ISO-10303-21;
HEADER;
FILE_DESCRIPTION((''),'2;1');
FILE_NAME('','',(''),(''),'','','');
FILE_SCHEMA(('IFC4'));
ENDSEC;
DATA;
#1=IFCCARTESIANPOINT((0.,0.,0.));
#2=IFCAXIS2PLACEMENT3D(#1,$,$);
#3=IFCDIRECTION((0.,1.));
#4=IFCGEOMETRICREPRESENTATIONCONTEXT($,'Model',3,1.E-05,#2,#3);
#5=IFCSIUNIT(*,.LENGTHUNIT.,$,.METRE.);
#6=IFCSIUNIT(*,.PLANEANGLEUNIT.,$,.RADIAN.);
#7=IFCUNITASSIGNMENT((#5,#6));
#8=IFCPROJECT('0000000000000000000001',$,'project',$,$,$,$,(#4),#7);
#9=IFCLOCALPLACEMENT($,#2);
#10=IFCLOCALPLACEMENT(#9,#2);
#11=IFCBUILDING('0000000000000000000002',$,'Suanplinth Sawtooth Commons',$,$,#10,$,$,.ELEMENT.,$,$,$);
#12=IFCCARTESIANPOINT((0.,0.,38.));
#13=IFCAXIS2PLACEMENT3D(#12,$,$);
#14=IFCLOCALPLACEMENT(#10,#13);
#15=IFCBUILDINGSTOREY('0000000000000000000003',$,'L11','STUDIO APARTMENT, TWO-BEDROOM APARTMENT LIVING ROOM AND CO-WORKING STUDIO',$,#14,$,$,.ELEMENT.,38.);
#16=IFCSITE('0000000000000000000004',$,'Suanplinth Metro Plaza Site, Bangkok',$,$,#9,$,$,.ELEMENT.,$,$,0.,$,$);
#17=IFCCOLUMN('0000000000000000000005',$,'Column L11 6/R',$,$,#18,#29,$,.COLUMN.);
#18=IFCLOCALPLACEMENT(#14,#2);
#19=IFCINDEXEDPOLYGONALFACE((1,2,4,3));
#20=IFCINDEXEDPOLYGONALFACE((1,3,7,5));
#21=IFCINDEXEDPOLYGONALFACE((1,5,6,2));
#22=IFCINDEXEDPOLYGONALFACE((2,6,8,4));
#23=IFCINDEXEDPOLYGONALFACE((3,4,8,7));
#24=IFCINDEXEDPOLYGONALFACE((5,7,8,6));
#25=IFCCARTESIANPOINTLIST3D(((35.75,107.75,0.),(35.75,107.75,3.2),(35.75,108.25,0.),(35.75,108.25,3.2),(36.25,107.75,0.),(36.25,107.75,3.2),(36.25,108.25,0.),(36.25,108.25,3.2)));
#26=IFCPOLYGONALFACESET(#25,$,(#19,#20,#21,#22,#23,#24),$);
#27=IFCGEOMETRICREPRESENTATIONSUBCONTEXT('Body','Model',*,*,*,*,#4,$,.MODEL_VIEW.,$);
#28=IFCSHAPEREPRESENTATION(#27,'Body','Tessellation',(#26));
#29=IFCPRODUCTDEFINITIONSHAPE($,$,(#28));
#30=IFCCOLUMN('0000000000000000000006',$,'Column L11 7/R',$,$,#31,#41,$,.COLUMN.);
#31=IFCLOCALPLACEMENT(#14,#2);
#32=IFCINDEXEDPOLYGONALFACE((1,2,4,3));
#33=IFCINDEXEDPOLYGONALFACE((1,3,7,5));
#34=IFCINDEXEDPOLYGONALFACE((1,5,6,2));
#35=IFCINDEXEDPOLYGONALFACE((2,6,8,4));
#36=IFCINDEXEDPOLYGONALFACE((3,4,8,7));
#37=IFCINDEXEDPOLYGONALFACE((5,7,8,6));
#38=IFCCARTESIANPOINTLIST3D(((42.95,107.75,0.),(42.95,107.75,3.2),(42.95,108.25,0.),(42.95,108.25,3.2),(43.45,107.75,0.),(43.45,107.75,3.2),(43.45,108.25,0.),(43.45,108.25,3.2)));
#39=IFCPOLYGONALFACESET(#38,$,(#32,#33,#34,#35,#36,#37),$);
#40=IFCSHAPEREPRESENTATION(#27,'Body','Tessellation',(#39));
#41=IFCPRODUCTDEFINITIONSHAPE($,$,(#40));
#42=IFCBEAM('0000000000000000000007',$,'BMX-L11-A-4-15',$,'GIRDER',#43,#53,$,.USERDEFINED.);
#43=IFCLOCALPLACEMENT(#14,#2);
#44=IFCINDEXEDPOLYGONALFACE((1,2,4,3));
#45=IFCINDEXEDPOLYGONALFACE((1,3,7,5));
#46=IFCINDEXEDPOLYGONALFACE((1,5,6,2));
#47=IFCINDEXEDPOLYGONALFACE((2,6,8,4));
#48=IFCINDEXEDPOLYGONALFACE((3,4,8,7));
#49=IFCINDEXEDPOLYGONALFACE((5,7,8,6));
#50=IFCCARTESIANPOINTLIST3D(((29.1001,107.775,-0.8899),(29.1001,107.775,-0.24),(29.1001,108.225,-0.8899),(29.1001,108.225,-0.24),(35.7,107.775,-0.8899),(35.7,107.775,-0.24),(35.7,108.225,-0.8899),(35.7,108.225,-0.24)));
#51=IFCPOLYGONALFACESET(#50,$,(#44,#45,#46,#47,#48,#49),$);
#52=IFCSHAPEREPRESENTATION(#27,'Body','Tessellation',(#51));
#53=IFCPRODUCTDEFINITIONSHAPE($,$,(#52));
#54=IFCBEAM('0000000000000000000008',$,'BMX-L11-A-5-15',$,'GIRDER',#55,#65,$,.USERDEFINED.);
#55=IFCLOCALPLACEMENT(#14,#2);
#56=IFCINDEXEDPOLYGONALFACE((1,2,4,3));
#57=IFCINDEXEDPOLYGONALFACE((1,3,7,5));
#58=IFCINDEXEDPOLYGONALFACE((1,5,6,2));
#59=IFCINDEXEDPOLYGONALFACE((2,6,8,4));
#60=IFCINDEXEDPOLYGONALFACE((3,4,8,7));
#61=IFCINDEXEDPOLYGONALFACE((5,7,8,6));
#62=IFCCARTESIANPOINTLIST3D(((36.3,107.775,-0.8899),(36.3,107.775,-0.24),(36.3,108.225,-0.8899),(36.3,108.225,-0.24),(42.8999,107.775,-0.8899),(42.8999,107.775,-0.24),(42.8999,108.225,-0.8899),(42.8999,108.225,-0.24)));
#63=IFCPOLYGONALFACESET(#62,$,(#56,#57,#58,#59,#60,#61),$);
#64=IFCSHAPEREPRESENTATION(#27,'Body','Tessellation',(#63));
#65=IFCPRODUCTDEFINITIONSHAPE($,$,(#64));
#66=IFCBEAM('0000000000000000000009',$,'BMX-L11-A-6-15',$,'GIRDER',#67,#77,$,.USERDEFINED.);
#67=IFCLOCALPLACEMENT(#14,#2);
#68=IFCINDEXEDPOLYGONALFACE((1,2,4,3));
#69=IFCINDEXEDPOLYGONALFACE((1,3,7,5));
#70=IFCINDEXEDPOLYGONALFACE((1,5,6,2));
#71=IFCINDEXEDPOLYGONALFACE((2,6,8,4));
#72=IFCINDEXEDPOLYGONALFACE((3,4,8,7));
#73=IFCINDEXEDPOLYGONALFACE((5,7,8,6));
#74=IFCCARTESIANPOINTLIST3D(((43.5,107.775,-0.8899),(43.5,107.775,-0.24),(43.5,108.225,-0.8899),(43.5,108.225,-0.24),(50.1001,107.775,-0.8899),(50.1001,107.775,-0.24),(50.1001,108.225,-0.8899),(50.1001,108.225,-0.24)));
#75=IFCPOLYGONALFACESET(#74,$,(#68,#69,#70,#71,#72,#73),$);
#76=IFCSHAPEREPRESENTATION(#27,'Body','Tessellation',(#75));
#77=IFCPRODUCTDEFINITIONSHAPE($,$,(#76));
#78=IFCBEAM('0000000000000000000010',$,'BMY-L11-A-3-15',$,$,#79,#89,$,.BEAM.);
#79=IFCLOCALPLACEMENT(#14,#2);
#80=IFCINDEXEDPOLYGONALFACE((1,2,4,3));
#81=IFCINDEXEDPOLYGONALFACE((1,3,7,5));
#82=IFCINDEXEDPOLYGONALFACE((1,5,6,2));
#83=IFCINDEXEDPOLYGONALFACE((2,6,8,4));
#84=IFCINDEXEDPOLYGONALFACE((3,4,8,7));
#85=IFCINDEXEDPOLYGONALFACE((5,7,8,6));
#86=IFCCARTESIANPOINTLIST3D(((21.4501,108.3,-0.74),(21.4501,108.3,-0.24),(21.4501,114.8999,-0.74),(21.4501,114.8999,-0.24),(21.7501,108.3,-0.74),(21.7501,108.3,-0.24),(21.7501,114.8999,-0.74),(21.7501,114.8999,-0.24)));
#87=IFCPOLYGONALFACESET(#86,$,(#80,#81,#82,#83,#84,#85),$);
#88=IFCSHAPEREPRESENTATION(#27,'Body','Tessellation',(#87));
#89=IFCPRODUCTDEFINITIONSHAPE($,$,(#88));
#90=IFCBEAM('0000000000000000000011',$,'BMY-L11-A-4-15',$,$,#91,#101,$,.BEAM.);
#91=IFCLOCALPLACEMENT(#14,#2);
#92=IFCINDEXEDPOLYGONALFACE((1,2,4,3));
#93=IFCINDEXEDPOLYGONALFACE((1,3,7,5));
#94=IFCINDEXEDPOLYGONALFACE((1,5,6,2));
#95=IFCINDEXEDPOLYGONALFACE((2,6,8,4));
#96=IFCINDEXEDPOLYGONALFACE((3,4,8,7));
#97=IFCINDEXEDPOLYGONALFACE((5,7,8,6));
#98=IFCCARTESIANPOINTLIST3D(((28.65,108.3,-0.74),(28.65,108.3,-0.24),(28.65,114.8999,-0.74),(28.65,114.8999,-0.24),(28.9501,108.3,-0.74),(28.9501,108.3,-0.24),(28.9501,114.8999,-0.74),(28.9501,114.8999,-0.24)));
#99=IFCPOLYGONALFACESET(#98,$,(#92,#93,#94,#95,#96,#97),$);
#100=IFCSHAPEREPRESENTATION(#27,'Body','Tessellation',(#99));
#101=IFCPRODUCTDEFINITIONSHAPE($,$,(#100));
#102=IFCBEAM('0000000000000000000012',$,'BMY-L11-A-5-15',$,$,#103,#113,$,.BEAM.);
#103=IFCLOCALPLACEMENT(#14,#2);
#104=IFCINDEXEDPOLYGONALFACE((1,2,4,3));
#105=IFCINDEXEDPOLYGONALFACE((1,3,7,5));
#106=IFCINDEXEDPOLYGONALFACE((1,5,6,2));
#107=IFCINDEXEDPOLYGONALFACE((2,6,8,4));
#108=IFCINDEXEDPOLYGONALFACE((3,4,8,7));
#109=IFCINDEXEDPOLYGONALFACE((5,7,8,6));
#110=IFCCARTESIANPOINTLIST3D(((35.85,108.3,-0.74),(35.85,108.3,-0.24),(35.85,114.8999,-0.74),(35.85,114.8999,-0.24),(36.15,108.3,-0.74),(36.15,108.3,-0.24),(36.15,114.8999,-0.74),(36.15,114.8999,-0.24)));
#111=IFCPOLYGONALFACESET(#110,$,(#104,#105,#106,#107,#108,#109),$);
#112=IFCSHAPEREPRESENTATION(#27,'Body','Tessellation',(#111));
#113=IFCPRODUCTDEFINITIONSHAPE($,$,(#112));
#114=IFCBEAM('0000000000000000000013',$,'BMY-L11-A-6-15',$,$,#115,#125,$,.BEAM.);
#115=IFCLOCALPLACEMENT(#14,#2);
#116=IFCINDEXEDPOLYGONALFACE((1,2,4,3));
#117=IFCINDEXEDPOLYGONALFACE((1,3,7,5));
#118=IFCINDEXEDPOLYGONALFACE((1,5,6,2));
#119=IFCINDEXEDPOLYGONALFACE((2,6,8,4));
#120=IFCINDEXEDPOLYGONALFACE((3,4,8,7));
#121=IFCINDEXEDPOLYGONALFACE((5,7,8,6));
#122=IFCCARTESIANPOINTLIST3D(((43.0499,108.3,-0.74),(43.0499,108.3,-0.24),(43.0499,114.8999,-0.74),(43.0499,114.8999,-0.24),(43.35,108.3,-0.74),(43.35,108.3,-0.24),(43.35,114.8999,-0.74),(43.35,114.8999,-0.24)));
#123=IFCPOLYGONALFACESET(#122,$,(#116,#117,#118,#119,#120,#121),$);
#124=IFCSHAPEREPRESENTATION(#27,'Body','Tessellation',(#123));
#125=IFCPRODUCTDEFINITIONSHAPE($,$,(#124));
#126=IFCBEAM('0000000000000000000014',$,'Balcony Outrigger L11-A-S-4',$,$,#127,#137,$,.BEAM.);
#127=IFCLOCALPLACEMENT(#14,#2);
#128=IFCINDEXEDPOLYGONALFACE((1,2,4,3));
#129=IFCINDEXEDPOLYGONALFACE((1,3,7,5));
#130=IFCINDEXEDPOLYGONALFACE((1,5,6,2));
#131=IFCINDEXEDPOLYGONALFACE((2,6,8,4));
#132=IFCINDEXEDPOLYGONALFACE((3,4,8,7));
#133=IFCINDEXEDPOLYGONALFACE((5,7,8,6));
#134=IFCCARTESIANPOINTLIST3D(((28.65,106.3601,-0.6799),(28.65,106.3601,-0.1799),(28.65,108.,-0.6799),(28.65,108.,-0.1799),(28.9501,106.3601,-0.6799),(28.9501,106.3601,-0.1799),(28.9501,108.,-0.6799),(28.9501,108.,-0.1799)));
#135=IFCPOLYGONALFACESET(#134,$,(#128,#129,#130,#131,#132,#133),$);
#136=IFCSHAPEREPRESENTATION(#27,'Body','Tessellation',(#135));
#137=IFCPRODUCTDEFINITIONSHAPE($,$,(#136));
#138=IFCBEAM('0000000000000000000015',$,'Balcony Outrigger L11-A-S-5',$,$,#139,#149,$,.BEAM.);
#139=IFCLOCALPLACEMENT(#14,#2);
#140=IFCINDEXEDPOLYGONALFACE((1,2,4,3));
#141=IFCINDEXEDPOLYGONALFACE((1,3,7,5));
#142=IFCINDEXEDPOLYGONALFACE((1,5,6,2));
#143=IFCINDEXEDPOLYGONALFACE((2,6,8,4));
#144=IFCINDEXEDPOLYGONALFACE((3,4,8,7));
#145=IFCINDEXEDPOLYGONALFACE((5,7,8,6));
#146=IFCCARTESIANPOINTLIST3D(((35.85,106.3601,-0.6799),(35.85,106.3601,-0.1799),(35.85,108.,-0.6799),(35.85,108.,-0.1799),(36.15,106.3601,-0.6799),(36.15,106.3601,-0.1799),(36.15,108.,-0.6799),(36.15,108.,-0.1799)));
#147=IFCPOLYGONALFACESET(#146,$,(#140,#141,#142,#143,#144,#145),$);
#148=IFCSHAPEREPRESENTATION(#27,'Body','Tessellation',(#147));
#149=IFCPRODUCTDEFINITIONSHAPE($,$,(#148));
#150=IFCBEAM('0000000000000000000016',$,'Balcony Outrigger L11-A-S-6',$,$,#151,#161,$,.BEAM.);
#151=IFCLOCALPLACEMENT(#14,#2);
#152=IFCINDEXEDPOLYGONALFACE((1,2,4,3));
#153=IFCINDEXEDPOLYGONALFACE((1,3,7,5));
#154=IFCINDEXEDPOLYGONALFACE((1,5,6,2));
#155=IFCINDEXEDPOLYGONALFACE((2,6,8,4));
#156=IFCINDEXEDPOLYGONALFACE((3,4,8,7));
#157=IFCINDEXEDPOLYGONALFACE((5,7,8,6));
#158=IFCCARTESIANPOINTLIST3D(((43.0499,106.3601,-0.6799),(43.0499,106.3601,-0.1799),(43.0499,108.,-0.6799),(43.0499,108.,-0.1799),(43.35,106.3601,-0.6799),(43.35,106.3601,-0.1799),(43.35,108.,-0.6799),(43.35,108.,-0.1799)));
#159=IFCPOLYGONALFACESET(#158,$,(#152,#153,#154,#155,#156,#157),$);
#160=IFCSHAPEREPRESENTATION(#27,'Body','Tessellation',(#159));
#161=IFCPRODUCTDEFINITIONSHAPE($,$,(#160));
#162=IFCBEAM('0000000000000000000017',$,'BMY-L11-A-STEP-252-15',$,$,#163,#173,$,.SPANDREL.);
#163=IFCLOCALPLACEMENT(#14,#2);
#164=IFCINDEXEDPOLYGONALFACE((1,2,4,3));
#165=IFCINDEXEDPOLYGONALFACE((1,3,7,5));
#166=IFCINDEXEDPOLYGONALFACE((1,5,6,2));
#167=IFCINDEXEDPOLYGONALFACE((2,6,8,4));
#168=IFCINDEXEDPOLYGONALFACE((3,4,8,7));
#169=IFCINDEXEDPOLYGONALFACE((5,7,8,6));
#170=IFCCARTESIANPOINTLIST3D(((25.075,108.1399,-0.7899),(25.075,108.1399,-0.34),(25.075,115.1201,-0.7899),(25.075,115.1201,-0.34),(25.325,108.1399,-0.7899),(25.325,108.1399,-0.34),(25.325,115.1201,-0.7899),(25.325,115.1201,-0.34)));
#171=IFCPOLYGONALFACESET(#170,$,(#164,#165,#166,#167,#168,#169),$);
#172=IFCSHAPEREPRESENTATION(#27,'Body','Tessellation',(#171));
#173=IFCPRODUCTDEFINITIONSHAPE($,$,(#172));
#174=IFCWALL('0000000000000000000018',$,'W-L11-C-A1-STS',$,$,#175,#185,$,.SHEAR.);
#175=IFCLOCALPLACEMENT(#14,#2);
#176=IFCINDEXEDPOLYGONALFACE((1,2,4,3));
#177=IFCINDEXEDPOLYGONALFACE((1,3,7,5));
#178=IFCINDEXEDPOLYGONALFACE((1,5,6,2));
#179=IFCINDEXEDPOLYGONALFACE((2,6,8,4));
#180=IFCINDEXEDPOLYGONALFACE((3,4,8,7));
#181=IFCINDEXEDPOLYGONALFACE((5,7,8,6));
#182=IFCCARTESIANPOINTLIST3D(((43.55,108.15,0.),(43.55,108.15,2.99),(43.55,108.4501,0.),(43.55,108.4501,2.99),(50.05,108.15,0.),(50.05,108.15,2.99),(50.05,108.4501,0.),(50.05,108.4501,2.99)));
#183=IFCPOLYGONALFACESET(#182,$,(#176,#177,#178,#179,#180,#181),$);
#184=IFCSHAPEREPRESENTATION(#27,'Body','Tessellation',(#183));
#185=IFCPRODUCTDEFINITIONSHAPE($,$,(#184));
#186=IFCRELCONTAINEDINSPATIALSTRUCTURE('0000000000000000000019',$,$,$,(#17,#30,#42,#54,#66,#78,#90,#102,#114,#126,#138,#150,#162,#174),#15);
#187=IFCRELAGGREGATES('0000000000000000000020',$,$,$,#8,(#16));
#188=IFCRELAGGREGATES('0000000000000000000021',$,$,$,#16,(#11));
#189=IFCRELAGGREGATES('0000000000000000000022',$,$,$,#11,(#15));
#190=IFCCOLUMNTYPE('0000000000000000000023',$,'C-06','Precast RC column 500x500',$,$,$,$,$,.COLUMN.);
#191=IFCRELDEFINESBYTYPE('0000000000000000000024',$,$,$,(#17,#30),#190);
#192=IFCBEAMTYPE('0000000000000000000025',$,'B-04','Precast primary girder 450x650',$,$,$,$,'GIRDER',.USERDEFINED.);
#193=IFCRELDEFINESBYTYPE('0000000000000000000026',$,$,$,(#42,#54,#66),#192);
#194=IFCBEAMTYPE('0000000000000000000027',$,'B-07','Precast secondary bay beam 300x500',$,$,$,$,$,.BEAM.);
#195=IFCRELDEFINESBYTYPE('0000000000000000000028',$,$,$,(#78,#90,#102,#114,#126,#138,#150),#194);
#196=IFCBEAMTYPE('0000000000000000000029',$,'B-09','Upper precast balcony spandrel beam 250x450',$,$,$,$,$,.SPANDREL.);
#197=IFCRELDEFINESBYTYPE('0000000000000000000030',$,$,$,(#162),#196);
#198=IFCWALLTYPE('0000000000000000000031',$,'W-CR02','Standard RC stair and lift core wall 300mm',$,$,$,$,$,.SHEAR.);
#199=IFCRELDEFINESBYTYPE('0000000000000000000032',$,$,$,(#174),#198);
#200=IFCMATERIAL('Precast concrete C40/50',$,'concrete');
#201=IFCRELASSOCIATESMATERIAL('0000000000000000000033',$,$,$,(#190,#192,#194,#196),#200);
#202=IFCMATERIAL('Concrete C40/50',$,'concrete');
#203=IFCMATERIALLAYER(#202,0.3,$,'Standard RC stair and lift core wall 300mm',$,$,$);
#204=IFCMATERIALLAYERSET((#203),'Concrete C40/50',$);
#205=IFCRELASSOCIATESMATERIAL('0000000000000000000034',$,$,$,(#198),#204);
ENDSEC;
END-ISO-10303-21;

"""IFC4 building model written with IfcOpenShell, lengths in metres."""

from ifc_helpers import new_model, si_unit, direction, frame, frame_2d, origin, origin_2d, place, context, subcontext, project, spatial, rectangle, extrude, material, layer, layer_set, material_profile, profile_set, type_object, element, save


model = new_model("IFC4")

# Units and contexts
model_context = context("Model", 3, precision=1e-05, world=origin(), true_north=direction((0.0, 1.0)))
body_context = subcontext(model_context, "Body", "Model", "MODEL_VIEW")
ifc_project = project(units=[si_unit("LENGTHUNIT", "METRE"), si_unit("PLANEANGLEUNIT", "RADIAN")], contexts=[model_context])

# Site, building, storey
site_placement = place(None, origin())
site = spatial("IfcSite", under=ifc_project, at=site_placement, Name="Suanplinth Metro Plaza Site, Bangkok", CompositionType="ELEMENT", RefElevation=0.0)
building_placement = place(site_placement, origin())
building = spatial("IfcBuilding", under=site, at=building_placement, Name="Suanplinth Sawtooth Commons", CompositionType="ELEMENT")
storey_placement = place(building_placement, frame((0.0, 0.0, 38.0)))
storey = spatial("IfcBuildingStorey", under=building, at=storey_placement, Name="L11", Description="STUDIO APARTMENT, TWO-BEDROOM APARTMENT LIVING ROOM AND CO-WORKING STUDIO", CompositionType="ELEMENT", Elevation=38.0)

# Columns
ifc_material_1 = material(Name="Precast concrete C40/50", Category="concrete")
ifc_material_profile_1 = material_profile(ifc_material_1, rectangle(XDim=0.5, YDim=0.5, at=origin_2d()), Name="PC-COL 500x500")
ifc_profile_set_1 = profile_set([ifc_material_profile_1], Name="Precast concrete C40/50")
column_type = type_object("IfcColumnType", Name="C-06", Description="Precast RC column 500x500", PredefinedType="COLUMN", material=ifc_profile_set_1)
for number, where, z_axis, x_axis, name in (
    (1, (36.0, 108.0, 0.0), (0.0, 0.0, 1.0), (1.0, 0.0, 0.0), "Column L11 6/R"),
    (2, (43.2, 108.0, 0.0), (0.0, 0.0, 1.0), (1.0, 0.0, 0.0), "Column L11 7/R"),
):
    element("IfcColumn", number, at=place(storey_placement, frame(where, z_axis=z_axis, x_axis=x_axis)), inside=storey, type_object=column_type, Name=name, PredefinedType="COLUMN", context=body_context, shape_type="SweptSolid", body=[
        extrude(rectangle(XDim=0.5, YDim=0.5, at=origin_2d()), origin(), (0.0, 0.0, 1.0), 3.2),
    ])

# Beams
ifc_material_profile_2 = material_profile(ifc_material_1, rectangle(XDim=0.45, YDim=0.6499, at=origin_2d()), Name="PC-GDR 450x650")
ifc_profile_set_2 = profile_set([ifc_material_profile_2], Name="Precast concrete C40/50")
beam_type_1 = type_object("IfcBeamType", Name="B-04", Description="Precast primary girder 450x650", ElementType="GIRDER", PredefinedType="USERDEFINED", material=ifc_profile_set_2)
for number, where, z_axis, x_axis, name in (
    (3, (29.1001, 108.0, -0.5649), (1.0, 0.0, 0.0), (0.0, 1.0, 0.0), "BMX-L11-A-4-15"),
    (4, (36.3, 108.0, -0.5649), (1.0, 0.0, 0.0), (0.0, 1.0, 0.0), "BMX-L11-A-5-15"),
):
    element("IfcBeam", number, at=place(storey_placement, frame(where, z_axis=z_axis, x_axis=x_axis)), inside=storey, type_object=beam_type_1, Name=name, ObjectType="GIRDER", PredefinedType="USERDEFINED", context=body_context, shape_type="SweptSolid", body=[
        extrude(rectangle(XDim=0.45, YDim=0.6499, at=origin_2d()), origin(), (0.0, 0.0, 1.0), 6.5999),
    ])
beam_1_placement = place(storey_placement, frame((43.5, 108.0, -0.5649), z_axis=(1.0, 0.0, 0.0), x_axis=(0.0, 1.0, 0.0)))
element("IfcBeam", 5, at=beam_1_placement, inside=storey, type_object=beam_type_1, Name="BMX-L11-A-6-15", ObjectType="GIRDER", PredefinedType="USERDEFINED", context=body_context, shape_type="SweptSolid", body=[
    extrude(rectangle(XDim=0.45, YDim=0.6499, at=origin_2d()), origin(), (0.0, 0.0, 1.0), 6.6001),
])
ifc_material_profile_3 = material_profile(ifc_material_1, rectangle(XDim=0.3, YDim=0.5, at=origin_2d()), Name="PC-BM 300x500")
ifc_profile_set_3 = profile_set([ifc_material_profile_3], Name="Precast concrete C40/50")
beam_type_2 = type_object("IfcBeamType", Name="B-07", Description="Precast secondary bay beam 300x500", PredefinedType="BEAM", material=ifc_profile_set_3)
for number, where, z_axis, x_axis, name in (
    (6, (21.6001, 108.3, -0.49), (0.0, 1.0, 0.0), (-1.0, 0.0, 0.0), "BMY-L11-A-3-15"),
    (7, (28.8, 108.3, -0.49), (0.0, 1.0, 0.0), (-1.0, 0.0, 0.0), "BMY-L11-A-4-15"),
    (8, (36.0, 108.3, -0.49), (0.0, 1.0, 0.0), (-1.0, 0.0, 0.0), "BMY-L11-A-5-15"),
    (9, (43.2, 108.3, -0.49), (0.0, 1.0, 0.0), (-1.0, 0.0, 0.0), "BMY-L11-A-6-15"),
):
    element("IfcBeam", number, at=place(storey_placement, frame(where, z_axis=z_axis, x_axis=x_axis)), inside=storey, type_object=beam_type_2, Name=name, PredefinedType="BEAM", context=body_context, shape_type="SweptSolid", body=[
        extrude(rectangle(XDim=0.3, YDim=0.5, at=origin_2d()), origin(), (0.0, 0.0, 1.0), 6.5999),
    ])
for number, where, z_axis, x_axis, name in (
    (10, (28.8, 108.0, -0.4299), (0.0, -1.0, 0.0), (1.0, 0.0, 0.0), "Balcony Outrigger L11-A-S-4"),
    (11, (36.0, 108.0, -0.4299), (0.0, -1.0, 0.0), (1.0, 0.0, 0.0), "Balcony Outrigger L11-A-S-5"),
    (12, (43.2, 108.0, -0.4299), (0.0, -1.0, 0.0), (1.0, 0.0, 0.0), "Balcony Outrigger L11-A-S-6"),
):
    element("IfcBeam", number, at=place(storey_placement, frame(where, z_axis=z_axis, x_axis=x_axis)), inside=storey, type_object=beam_type_2, Name=name, PredefinedType="BEAM", context=body_context, shape_type="SweptSolid", body=[
        extrude(rectangle(XDim=0.3, YDim=0.5, at=origin_2d()), origin(), (0.0, 0.0, 1.0), 1.6399),
    ])
ifc_material_profile_4 = material_profile(ifc_material_1, rectangle(XDim=0.25, YDim=0.45, at=origin_2d()), Name="PC-SP 250x450")
ifc_profile_set_4 = profile_set([ifc_material_profile_4], Name="Precast concrete C40/50")
beam_type_3 = type_object("IfcBeamType", Name="B-09", Description="Upper precast balcony spandrel beam 250x450", PredefinedType="SPANDREL", material=ifc_profile_set_4)
beam_2_placement = place(storey_placement, frame((25.2, 108.1399, -0.5649), z_axis=(0.0, 1.0, 0.0), x_axis=(-1.0, 0.0, 0.0)))
element("IfcBeam", 13, at=beam_2_placement, inside=storey, type_object=beam_type_3, Name="BMY-L11-A-STEP-252-15", PredefinedType="SPANDREL", context=body_context, shape_type="SweptSolid", body=[
    extrude(rectangle(XDim=0.25, YDim=0.45, at=origin_2d()), origin(), (0.0, 0.0, 1.0), 6.9802),
])

# Wall
ifc_material_2 = material(Name="Concrete C40/50", Category="concrete")
ifc_layer_1 = layer(ifc_material_2, 0.3, Name="Standard RC stair and lift core wall 300mm")
ifc_layer_set_1 = layer_set([ifc_layer_1], Name="Concrete C40/50")
wall_type_1 = type_object("IfcWallType", Name="W-CR02", Description="Standard RC stair and lift core wall 300mm", PredefinedType="SHEAR", material=ifc_layer_set_1)
wall_1_placement = place(storey_placement, frame((43.55, 108.3, 0.0), z_axis=(0.0, 0.0, 1.0), x_axis=(1.0, 0.0, 0.0)))
element("IfcWall", 14, at=wall_1_placement, inside=storey, type_object=wall_type_1, Name="W-L11-C-A1-STS", PredefinedType="SHEAR", context=body_context, shape_type="SweptSolid", body=[
    extrude(rectangle(XDim=6.5, YDim=0.3, at=frame_2d((3.25, 0.0))), origin(), (0.0, 0.0, 1.0), 2.99),
])

save(model, "model.ifc")
